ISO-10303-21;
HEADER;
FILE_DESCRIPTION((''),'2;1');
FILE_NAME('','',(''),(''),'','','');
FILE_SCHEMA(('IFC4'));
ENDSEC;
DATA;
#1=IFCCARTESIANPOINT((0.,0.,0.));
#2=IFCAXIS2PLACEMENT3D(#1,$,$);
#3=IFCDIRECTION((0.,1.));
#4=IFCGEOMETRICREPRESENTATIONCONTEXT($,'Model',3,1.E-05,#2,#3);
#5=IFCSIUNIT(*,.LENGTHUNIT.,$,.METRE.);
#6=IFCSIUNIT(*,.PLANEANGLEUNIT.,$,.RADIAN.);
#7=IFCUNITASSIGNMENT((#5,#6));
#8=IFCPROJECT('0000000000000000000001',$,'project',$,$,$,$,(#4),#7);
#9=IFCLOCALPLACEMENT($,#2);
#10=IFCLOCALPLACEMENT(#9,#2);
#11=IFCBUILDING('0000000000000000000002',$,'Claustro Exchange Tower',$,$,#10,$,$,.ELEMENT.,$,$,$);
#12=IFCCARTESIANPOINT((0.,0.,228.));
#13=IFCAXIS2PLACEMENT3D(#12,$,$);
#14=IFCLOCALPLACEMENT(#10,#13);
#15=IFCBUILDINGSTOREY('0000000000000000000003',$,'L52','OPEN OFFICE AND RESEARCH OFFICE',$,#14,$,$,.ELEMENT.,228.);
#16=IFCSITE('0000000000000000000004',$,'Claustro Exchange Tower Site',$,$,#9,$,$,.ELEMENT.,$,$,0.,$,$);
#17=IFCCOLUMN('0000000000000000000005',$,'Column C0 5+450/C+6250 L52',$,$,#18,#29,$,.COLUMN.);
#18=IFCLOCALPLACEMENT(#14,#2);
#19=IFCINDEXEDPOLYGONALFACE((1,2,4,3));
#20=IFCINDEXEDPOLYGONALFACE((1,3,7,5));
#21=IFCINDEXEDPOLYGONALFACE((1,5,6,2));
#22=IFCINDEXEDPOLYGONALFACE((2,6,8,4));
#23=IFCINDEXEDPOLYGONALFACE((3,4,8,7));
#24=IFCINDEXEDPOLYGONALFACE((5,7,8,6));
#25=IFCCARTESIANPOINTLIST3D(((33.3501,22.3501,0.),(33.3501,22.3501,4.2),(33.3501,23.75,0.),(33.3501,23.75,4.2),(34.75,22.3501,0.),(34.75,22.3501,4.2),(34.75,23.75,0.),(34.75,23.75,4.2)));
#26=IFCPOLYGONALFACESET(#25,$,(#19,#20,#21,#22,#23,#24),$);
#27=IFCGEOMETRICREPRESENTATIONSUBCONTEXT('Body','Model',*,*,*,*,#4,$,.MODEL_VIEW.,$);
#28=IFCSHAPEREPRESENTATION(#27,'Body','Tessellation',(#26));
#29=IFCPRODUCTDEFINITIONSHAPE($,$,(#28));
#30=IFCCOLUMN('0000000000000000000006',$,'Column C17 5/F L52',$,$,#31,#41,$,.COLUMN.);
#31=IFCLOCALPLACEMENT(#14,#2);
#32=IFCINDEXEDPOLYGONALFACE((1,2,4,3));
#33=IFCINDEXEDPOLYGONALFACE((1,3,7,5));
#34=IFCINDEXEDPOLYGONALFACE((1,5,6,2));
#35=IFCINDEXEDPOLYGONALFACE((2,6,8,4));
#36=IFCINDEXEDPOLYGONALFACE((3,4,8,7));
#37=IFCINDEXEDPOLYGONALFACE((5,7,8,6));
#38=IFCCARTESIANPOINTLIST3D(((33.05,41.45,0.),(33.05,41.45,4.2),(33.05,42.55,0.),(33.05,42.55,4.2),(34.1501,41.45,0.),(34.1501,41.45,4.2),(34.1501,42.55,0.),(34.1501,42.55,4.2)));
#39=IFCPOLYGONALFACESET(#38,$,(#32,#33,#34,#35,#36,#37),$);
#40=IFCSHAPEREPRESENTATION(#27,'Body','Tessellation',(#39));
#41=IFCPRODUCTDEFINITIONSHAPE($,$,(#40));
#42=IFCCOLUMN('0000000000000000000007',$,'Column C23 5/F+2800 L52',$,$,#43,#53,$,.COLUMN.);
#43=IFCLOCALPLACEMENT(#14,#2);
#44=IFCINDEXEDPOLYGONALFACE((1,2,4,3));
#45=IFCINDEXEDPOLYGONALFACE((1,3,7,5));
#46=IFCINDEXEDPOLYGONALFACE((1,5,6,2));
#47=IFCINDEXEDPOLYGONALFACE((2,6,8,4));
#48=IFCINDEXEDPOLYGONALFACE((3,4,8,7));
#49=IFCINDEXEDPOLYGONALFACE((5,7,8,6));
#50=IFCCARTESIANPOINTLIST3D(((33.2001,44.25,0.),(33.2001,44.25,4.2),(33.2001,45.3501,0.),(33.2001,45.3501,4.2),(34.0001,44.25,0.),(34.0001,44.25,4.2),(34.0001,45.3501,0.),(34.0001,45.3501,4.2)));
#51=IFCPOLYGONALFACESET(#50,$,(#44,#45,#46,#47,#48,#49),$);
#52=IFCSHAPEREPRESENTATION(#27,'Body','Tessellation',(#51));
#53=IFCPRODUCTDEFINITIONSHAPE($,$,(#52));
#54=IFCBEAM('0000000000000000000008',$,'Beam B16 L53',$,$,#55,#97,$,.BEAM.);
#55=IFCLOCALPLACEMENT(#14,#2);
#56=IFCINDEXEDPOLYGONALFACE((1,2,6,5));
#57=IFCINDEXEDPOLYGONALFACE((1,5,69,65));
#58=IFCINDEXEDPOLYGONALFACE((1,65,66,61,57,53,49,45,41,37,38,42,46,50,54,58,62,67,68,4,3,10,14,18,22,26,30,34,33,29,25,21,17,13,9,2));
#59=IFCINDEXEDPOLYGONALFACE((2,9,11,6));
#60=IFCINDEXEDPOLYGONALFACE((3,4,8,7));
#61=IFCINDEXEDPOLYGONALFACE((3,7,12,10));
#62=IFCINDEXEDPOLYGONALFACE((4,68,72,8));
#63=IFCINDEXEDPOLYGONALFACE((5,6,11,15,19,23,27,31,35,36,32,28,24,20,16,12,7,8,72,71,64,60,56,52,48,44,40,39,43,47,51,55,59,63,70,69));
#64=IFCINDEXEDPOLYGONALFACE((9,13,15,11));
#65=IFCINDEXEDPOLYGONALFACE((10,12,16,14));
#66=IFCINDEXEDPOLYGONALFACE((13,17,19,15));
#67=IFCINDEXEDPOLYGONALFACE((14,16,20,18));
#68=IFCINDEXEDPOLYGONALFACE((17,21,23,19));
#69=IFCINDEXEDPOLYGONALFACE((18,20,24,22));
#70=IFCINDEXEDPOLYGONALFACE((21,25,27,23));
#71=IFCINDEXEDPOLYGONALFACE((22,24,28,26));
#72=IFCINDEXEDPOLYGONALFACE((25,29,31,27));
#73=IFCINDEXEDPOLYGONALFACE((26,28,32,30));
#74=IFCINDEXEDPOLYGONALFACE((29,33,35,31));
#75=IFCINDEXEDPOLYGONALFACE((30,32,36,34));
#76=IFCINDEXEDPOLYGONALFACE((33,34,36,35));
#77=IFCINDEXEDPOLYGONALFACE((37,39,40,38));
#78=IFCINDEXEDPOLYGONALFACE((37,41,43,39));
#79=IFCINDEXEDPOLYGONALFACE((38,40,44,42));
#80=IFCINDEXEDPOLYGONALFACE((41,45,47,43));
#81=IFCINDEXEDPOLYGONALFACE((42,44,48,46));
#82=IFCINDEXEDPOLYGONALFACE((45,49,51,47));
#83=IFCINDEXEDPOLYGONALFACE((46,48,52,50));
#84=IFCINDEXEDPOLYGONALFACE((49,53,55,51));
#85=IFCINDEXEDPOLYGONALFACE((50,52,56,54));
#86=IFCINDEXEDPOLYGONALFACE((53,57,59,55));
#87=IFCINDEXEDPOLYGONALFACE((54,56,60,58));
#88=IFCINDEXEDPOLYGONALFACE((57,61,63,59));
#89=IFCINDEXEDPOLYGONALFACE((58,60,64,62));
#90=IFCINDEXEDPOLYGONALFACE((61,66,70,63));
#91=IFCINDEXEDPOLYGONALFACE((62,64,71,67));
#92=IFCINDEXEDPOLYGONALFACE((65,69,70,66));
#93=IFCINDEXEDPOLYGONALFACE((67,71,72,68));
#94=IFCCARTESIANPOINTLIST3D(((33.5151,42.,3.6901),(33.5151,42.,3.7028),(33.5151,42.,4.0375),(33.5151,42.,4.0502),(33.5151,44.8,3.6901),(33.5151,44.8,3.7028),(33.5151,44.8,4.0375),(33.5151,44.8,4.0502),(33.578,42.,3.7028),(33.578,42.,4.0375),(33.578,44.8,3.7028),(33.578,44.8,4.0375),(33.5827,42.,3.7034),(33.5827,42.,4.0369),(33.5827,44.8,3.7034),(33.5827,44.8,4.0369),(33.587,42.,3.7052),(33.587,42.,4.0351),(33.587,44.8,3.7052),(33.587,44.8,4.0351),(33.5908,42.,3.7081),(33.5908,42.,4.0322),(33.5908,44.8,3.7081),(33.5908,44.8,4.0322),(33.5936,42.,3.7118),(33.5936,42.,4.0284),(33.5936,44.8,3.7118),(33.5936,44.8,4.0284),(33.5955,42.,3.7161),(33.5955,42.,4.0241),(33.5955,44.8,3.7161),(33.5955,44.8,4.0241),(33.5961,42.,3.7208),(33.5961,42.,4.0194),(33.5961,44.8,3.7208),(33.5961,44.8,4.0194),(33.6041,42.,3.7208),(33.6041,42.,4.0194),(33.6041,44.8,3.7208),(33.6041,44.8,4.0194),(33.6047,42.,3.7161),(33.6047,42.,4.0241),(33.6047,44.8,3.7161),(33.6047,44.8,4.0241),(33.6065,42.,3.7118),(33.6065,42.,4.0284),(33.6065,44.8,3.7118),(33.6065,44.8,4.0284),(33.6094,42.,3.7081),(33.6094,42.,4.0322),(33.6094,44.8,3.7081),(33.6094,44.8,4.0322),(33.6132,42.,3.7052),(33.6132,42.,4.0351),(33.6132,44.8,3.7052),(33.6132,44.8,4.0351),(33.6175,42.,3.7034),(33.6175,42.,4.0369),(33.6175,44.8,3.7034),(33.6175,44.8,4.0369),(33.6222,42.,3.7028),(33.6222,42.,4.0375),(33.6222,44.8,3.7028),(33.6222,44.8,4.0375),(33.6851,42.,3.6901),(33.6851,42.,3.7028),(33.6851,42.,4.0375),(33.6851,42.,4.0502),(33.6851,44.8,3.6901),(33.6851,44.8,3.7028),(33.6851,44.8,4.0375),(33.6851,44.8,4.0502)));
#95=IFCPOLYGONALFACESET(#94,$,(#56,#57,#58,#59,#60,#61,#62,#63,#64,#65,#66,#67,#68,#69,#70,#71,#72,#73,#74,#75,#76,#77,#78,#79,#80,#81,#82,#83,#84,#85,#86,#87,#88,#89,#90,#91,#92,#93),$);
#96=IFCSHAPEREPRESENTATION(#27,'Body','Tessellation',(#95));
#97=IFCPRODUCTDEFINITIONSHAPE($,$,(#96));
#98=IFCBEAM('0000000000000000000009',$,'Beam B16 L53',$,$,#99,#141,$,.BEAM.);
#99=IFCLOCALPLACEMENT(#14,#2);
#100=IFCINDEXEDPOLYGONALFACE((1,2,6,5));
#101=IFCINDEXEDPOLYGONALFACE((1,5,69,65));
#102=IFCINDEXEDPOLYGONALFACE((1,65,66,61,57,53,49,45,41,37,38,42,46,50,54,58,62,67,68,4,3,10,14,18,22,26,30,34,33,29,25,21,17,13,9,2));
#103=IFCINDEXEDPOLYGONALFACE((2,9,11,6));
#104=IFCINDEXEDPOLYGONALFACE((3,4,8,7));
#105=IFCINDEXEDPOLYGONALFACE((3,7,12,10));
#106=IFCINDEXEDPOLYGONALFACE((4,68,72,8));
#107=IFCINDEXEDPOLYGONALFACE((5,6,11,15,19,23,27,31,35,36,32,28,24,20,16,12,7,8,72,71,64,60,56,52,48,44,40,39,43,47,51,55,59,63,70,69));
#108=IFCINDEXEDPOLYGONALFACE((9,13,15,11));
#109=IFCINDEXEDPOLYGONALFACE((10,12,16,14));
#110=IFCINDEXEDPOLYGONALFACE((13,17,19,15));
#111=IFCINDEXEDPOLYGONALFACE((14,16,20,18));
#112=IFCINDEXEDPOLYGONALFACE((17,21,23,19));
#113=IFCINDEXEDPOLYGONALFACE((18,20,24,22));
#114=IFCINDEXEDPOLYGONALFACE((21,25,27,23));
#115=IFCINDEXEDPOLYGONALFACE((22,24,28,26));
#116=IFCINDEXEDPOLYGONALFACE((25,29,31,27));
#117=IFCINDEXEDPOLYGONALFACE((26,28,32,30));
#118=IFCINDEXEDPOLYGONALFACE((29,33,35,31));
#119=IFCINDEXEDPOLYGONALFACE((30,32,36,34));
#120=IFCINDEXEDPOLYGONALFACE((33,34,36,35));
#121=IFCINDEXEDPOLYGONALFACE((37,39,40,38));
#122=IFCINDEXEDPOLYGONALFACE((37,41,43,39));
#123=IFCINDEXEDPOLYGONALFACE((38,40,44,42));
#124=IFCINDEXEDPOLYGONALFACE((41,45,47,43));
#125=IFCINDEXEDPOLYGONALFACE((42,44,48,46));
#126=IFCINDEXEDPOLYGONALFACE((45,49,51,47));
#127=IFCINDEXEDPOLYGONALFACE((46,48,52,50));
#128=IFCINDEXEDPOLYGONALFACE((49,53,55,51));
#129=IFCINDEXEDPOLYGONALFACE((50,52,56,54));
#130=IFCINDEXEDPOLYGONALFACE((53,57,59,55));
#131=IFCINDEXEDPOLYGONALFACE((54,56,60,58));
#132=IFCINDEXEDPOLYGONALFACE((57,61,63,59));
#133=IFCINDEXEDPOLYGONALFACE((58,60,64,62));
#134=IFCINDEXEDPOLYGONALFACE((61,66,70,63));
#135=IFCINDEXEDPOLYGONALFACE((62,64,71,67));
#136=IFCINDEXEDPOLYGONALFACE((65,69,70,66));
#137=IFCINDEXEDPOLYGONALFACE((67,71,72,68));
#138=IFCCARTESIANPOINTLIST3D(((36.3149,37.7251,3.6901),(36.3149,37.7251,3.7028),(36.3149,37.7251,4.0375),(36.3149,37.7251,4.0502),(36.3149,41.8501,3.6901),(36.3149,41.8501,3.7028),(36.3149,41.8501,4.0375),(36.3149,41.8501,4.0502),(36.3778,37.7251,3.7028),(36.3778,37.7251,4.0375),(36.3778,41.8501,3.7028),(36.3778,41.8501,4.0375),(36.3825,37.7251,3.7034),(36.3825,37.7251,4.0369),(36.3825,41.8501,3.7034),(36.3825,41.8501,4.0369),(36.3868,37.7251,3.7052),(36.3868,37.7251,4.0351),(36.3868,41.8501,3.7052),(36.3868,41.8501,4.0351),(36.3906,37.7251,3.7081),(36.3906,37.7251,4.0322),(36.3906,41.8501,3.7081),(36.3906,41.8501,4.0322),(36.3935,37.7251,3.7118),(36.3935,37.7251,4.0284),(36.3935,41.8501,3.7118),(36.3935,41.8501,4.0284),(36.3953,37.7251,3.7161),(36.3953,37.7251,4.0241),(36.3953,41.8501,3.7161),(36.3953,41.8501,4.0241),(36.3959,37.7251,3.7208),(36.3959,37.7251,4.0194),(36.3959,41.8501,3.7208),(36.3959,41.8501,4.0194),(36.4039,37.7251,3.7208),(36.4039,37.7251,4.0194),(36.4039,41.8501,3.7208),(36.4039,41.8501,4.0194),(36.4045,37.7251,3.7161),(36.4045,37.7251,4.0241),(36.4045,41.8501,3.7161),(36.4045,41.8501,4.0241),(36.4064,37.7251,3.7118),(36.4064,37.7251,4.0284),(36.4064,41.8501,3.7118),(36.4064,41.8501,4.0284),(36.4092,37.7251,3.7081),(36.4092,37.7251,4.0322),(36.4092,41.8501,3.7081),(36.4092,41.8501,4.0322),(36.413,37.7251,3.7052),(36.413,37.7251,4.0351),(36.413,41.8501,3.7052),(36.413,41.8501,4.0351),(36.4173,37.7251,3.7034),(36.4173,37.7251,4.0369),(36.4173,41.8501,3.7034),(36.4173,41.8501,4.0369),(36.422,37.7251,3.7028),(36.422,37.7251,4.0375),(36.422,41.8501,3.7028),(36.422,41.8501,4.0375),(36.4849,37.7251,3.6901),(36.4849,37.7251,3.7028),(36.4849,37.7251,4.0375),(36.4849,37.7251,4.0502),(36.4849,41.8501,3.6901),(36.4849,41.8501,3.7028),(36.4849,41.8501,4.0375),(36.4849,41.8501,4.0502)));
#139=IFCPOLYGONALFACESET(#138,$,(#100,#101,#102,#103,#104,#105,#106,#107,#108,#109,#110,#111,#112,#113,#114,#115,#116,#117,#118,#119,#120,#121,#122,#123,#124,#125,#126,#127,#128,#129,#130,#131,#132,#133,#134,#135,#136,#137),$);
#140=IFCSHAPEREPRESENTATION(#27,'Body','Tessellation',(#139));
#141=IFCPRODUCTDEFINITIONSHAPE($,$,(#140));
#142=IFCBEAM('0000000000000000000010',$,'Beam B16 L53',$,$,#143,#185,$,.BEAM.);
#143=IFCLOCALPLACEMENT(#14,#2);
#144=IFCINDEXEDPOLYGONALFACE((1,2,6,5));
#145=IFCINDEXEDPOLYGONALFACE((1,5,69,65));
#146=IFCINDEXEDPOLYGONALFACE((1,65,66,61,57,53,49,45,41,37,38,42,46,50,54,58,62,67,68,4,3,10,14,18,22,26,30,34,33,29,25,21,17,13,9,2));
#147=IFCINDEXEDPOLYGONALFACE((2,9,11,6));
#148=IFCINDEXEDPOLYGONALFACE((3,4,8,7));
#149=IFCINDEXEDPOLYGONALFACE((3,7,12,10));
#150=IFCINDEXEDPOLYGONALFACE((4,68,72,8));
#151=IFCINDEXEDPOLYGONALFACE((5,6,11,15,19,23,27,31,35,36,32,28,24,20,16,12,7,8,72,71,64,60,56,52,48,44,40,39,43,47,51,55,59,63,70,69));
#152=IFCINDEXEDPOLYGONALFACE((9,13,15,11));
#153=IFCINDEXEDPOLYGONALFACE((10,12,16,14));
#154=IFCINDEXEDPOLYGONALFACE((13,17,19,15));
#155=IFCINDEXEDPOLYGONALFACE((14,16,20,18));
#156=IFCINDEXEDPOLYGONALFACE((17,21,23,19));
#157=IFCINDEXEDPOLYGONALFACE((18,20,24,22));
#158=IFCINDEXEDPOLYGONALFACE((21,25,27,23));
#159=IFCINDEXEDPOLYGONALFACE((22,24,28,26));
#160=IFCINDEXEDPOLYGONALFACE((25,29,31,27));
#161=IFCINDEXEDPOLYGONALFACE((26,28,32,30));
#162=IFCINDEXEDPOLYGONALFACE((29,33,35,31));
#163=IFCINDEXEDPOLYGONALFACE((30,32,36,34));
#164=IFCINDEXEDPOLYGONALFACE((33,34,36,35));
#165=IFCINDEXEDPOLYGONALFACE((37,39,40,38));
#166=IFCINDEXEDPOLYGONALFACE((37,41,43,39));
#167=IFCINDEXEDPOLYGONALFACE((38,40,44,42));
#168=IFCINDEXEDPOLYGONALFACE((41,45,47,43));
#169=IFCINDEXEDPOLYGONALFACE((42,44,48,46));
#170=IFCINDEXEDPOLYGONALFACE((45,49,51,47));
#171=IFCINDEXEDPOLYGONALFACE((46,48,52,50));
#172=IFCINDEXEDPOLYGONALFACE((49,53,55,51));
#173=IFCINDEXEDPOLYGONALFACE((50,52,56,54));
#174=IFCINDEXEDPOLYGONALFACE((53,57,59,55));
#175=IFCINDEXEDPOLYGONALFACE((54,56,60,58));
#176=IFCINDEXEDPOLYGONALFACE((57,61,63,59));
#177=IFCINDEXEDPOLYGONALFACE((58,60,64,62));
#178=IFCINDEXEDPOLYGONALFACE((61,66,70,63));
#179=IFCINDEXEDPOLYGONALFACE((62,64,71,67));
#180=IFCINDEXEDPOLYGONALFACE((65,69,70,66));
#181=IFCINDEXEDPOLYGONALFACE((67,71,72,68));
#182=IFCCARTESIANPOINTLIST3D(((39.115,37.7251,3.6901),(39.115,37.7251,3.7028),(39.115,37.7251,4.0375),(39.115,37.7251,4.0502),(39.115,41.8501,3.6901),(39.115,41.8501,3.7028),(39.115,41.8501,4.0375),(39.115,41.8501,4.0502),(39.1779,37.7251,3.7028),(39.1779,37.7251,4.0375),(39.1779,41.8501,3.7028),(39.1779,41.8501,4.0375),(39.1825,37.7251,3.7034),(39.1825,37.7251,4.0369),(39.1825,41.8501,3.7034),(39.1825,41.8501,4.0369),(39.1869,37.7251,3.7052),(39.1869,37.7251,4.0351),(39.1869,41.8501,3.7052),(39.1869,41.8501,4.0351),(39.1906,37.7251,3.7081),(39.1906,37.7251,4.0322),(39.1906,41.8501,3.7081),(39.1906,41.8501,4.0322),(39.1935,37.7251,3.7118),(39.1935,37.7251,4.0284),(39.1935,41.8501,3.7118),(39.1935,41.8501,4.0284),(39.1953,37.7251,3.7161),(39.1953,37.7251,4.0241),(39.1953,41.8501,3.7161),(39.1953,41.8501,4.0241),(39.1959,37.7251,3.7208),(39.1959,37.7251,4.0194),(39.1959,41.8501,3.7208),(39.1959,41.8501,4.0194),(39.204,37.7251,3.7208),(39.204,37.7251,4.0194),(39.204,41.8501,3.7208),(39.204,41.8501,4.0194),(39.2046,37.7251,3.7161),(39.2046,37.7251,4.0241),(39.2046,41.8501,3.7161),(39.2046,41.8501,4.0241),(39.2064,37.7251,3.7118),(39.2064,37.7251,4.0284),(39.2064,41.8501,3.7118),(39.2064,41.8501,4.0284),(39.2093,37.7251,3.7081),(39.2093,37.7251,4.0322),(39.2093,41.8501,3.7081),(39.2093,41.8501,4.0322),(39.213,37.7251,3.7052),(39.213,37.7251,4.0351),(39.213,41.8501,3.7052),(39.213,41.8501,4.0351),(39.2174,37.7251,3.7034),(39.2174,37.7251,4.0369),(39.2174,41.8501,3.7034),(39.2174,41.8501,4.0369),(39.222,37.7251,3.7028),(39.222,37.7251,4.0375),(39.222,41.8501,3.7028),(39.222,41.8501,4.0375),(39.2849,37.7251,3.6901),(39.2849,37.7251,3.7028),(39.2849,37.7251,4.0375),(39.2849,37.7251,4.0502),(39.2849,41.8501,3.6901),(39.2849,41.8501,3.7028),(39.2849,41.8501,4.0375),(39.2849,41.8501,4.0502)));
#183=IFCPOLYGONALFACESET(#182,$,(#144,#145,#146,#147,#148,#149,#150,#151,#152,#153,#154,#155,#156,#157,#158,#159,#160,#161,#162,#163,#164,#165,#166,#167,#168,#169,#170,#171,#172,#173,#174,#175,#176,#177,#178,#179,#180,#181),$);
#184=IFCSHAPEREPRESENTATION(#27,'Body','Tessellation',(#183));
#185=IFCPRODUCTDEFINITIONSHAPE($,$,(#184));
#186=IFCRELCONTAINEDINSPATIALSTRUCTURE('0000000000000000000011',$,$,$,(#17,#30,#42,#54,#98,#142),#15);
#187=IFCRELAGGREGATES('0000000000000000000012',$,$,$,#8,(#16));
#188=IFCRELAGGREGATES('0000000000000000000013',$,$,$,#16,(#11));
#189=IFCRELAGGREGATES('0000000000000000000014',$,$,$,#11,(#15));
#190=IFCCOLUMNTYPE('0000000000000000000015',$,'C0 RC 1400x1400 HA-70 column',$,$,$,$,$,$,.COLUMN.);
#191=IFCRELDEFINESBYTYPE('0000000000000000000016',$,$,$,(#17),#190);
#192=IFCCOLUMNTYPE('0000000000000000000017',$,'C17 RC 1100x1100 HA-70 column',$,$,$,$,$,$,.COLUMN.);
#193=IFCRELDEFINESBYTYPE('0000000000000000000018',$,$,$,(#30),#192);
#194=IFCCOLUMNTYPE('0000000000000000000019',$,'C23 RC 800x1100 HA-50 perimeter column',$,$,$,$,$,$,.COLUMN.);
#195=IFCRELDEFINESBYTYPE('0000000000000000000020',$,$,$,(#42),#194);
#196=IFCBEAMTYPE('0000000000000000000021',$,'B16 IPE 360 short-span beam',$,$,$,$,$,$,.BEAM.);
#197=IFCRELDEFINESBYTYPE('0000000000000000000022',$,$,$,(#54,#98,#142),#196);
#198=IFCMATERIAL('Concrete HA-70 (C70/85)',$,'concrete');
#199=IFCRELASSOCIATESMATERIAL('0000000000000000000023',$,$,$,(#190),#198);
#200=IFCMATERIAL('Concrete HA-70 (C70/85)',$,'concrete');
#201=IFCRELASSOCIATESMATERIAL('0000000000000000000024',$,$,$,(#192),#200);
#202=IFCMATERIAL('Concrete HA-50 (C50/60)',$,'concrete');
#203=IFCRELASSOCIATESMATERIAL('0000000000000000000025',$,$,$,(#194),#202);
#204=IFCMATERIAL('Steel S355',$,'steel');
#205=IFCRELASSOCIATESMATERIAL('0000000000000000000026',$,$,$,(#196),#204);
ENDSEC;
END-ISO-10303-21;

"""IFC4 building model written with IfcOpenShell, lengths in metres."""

from ifc_helpers import new_model, si_unit, direction, frame, origin, origin_2d, place, context, subcontext, project, spatial, rectangle, i_section, extrude, material, material_profile, profile_set, type_object, element, save


model = new_model("IFC4")

# Units and contexts
model_context = context("Model", 3, precision=1e-05, world=origin(), true_north=direction((0.0, 1.0)))
body_context = subcontext(model_context, "Body", "Model", "MODEL_VIEW")
ifc_project = project(units=[si_unit("LENGTHUNIT", "METRE"), si_unit("PLANEANGLEUNIT", "RADIAN")], contexts=[model_context])

# Site, building, storey
site_placement = place(None, origin())
site = spatial("IfcSite", under=ifc_project, at=site_placement, Name="Claustro Exchange Tower Site", CompositionType="ELEMENT", RefElevation=0.0)
building_placement = place(site_placement, origin())
building = spatial("IfcBuilding", under=site, at=building_placement, Name="Claustro Exchange Tower", CompositionType="ELEMENT")
storey_placement = place(building_placement, frame((0.0, 0.0, 228.0)))
storey = spatial("IfcBuildingStorey", under=building, at=storey_placement, Name="L52", Description="OPEN OFFICE AND RESEARCH OFFICE", CompositionType="ELEMENT", Elevation=228.0)

# Columns
ifc_material_1 = material(Name="Concrete HA-70 (C70/85)", Category="concrete")
ifc_material_profile_1 = material_profile(ifc_material_1, rectangle(XDim=1.3999, YDim=1.3999, at=origin_2d()), Name="RC 1400x1400")
ifc_profile_set_1 = profile_set([ifc_material_profile_1], Name="Concrete HA-70 (C70/85)")
column_type_1 = type_object("IfcColumnType", Name="C0 RC 1400x1400 HA-70 column", PredefinedType="COLUMN", material=ifc_profile_set_1)
column_1_placement = place(storey_placement, frame((34.05, 23.05, 0.0), z_axis=(0.0, 0.0, 1.0), x_axis=(1.0, 0.0, 0.0)))
element("IfcColumn", 1, at=column_1_placement, inside=storey, type_object=column_type_1, Name="Column C0 5+450/C+6250 L52", PredefinedType="COLUMN", context=body_context, shape_type="SweptSolid", body=[
    extrude(rectangle(XDim=1.3999, YDim=1.3999, at=origin_2d()), origin(), (0.0, 0.0, 1.0), 4.2),
])
ifc_material_2 = material(Name="Concrete HA-70 (C70/85)", Category="concrete")
ifc_material_profile_2 = material_profile(ifc_material_2, rectangle(XDim=1.1001, YDim=1.1001, at=origin_2d()), Name="RC 1100x1100")
ifc_profile_set_2 = profile_set([ifc_material_profile_2], Name="Concrete HA-70 (C70/85)")
column_type_2 = type_object("IfcColumnType", Name="C17 RC 1100x1100 HA-70 column", PredefinedType="COLUMN", material=ifc_profile_set_2)
column_2_placement = place(storey_placement, frame((33.6001, 42.0, 0.0), z_axis=(0.0, 0.0, 1.0), x_axis=(1.0, 0.0, 0.0)))
element("IfcColumn", 2, at=column_2_placement, inside=storey, type_object=column_type_2, Name="Column C17 5/F L52", PredefinedType="COLUMN", context=body_context, shape_type="SweptSolid", body=[
    extrude(rectangle(XDim=1.1001, YDim=1.1001, at=origin_2d()), origin(), (0.0, 0.0, 1.0), 4.2),
])
ifc_material_3 = material(Name="Concrete HA-50 (C50/60)", Category="concrete")
ifc_material_profile_3 = material_profile(ifc_material_3, rectangle(XDim=0.8, YDim=1.1001, at=origin_2d()), Name="RC 800x1100")
ifc_profile_set_3 = profile_set([ifc_material_profile_3], Name="Concrete HA-50 (C50/60)")
column_type_3 = type_object("IfcColumnType", Name="C23 RC 800x1100 HA-50 perimeter column", PredefinedType="COLUMN", material=ifc_profile_set_3)
column_3_placement = place(storey_placement, frame((33.6001, 44.8, 0.0), z_axis=(0.0, 0.0, 1.0), x_axis=(1.0, 0.0, 0.0)))
element("IfcColumn", 3, at=column_3_placement, inside=storey, type_object=column_type_3, Name="Column C23 5/F+2800 L52", PredefinedType="COLUMN", context=body_context, shape_type="SweptSolid", body=[
    extrude(rectangle(XDim=0.8, YDim=1.1001, at=origin_2d()), origin(), (0.0, 0.0, 1.0), 4.2),
])

# Beams
ifc_material_4 = material(Name="Steel S355", Category="steel")
ifc_material_profile_4 = material_profile(ifc_material_4, i_section(OverallWidth=0.1699, OverallDepth=0.3601, WebThickness=0.0081, FlangeThickness=0.0127, FilletRadius=0.0181, at=origin_2d()), Name="IPE 360")
ifc_profile_set_4 = profile_set([ifc_material_profile_4], Name="Steel S355")
beam_type_1 = type_object("IfcBeamType", Name="B16 IPE 360 short-span beam", PredefinedType="BEAM", material=ifc_profile_set_4)
beam_1_placement = place(storey_placement, frame((33.6001, 42.0, 3.8701), z_axis=(0.0, 1.0, 0.0), x_axis=(-1.0, 0.0, 0.0)))
element("IfcBeam", 4, at=beam_1_placement, inside=storey, type_object=beam_type_1, Name="Beam B16 L53", PredefinedType="BEAM", context=body_context, shape_type="SweptSolid", body=[
    extrude(i_section(OverallWidth=0.1699, OverallDepth=0.3601, WebThickness=0.0081, FlangeThickness=0.0127, FilletRadius=0.0181, at=origin_2d()), origin(), (0.0, 0.0, 1.0), 2.8),
])
for number, where, z_axis, x_axis, name in (
    (5, (36.3999, 37.7251, 3.8701), (0.0, 1.0, 0.0), (-1.0, 0.0, 0.0), "Beam B16 L53"),
    (6, (39.2, 37.7251, 3.8701), (0.0, 1.0, 0.0), (-1.0, 0.0, 0.0), "Beam B16 L53"),
):
    element("IfcBeam", number, at=place(storey_placement, frame(where, z_axis=z_axis, x_axis=x_axis)), inside=storey, type_object=beam_type_1, Name=name, PredefinedType="BEAM", context=body_context, shape_type="SweptSolid", body=[
        extrude(i_section(OverallWidth=0.1699, OverallDepth=0.3601, WebThickness=0.0081, FlangeThickness=0.0127, FilletRadius=0.0181, at=origin_2d()), origin(), (0.0, 0.0, 1.0), 4.125),
    ])

save(model, "model.ifc")
